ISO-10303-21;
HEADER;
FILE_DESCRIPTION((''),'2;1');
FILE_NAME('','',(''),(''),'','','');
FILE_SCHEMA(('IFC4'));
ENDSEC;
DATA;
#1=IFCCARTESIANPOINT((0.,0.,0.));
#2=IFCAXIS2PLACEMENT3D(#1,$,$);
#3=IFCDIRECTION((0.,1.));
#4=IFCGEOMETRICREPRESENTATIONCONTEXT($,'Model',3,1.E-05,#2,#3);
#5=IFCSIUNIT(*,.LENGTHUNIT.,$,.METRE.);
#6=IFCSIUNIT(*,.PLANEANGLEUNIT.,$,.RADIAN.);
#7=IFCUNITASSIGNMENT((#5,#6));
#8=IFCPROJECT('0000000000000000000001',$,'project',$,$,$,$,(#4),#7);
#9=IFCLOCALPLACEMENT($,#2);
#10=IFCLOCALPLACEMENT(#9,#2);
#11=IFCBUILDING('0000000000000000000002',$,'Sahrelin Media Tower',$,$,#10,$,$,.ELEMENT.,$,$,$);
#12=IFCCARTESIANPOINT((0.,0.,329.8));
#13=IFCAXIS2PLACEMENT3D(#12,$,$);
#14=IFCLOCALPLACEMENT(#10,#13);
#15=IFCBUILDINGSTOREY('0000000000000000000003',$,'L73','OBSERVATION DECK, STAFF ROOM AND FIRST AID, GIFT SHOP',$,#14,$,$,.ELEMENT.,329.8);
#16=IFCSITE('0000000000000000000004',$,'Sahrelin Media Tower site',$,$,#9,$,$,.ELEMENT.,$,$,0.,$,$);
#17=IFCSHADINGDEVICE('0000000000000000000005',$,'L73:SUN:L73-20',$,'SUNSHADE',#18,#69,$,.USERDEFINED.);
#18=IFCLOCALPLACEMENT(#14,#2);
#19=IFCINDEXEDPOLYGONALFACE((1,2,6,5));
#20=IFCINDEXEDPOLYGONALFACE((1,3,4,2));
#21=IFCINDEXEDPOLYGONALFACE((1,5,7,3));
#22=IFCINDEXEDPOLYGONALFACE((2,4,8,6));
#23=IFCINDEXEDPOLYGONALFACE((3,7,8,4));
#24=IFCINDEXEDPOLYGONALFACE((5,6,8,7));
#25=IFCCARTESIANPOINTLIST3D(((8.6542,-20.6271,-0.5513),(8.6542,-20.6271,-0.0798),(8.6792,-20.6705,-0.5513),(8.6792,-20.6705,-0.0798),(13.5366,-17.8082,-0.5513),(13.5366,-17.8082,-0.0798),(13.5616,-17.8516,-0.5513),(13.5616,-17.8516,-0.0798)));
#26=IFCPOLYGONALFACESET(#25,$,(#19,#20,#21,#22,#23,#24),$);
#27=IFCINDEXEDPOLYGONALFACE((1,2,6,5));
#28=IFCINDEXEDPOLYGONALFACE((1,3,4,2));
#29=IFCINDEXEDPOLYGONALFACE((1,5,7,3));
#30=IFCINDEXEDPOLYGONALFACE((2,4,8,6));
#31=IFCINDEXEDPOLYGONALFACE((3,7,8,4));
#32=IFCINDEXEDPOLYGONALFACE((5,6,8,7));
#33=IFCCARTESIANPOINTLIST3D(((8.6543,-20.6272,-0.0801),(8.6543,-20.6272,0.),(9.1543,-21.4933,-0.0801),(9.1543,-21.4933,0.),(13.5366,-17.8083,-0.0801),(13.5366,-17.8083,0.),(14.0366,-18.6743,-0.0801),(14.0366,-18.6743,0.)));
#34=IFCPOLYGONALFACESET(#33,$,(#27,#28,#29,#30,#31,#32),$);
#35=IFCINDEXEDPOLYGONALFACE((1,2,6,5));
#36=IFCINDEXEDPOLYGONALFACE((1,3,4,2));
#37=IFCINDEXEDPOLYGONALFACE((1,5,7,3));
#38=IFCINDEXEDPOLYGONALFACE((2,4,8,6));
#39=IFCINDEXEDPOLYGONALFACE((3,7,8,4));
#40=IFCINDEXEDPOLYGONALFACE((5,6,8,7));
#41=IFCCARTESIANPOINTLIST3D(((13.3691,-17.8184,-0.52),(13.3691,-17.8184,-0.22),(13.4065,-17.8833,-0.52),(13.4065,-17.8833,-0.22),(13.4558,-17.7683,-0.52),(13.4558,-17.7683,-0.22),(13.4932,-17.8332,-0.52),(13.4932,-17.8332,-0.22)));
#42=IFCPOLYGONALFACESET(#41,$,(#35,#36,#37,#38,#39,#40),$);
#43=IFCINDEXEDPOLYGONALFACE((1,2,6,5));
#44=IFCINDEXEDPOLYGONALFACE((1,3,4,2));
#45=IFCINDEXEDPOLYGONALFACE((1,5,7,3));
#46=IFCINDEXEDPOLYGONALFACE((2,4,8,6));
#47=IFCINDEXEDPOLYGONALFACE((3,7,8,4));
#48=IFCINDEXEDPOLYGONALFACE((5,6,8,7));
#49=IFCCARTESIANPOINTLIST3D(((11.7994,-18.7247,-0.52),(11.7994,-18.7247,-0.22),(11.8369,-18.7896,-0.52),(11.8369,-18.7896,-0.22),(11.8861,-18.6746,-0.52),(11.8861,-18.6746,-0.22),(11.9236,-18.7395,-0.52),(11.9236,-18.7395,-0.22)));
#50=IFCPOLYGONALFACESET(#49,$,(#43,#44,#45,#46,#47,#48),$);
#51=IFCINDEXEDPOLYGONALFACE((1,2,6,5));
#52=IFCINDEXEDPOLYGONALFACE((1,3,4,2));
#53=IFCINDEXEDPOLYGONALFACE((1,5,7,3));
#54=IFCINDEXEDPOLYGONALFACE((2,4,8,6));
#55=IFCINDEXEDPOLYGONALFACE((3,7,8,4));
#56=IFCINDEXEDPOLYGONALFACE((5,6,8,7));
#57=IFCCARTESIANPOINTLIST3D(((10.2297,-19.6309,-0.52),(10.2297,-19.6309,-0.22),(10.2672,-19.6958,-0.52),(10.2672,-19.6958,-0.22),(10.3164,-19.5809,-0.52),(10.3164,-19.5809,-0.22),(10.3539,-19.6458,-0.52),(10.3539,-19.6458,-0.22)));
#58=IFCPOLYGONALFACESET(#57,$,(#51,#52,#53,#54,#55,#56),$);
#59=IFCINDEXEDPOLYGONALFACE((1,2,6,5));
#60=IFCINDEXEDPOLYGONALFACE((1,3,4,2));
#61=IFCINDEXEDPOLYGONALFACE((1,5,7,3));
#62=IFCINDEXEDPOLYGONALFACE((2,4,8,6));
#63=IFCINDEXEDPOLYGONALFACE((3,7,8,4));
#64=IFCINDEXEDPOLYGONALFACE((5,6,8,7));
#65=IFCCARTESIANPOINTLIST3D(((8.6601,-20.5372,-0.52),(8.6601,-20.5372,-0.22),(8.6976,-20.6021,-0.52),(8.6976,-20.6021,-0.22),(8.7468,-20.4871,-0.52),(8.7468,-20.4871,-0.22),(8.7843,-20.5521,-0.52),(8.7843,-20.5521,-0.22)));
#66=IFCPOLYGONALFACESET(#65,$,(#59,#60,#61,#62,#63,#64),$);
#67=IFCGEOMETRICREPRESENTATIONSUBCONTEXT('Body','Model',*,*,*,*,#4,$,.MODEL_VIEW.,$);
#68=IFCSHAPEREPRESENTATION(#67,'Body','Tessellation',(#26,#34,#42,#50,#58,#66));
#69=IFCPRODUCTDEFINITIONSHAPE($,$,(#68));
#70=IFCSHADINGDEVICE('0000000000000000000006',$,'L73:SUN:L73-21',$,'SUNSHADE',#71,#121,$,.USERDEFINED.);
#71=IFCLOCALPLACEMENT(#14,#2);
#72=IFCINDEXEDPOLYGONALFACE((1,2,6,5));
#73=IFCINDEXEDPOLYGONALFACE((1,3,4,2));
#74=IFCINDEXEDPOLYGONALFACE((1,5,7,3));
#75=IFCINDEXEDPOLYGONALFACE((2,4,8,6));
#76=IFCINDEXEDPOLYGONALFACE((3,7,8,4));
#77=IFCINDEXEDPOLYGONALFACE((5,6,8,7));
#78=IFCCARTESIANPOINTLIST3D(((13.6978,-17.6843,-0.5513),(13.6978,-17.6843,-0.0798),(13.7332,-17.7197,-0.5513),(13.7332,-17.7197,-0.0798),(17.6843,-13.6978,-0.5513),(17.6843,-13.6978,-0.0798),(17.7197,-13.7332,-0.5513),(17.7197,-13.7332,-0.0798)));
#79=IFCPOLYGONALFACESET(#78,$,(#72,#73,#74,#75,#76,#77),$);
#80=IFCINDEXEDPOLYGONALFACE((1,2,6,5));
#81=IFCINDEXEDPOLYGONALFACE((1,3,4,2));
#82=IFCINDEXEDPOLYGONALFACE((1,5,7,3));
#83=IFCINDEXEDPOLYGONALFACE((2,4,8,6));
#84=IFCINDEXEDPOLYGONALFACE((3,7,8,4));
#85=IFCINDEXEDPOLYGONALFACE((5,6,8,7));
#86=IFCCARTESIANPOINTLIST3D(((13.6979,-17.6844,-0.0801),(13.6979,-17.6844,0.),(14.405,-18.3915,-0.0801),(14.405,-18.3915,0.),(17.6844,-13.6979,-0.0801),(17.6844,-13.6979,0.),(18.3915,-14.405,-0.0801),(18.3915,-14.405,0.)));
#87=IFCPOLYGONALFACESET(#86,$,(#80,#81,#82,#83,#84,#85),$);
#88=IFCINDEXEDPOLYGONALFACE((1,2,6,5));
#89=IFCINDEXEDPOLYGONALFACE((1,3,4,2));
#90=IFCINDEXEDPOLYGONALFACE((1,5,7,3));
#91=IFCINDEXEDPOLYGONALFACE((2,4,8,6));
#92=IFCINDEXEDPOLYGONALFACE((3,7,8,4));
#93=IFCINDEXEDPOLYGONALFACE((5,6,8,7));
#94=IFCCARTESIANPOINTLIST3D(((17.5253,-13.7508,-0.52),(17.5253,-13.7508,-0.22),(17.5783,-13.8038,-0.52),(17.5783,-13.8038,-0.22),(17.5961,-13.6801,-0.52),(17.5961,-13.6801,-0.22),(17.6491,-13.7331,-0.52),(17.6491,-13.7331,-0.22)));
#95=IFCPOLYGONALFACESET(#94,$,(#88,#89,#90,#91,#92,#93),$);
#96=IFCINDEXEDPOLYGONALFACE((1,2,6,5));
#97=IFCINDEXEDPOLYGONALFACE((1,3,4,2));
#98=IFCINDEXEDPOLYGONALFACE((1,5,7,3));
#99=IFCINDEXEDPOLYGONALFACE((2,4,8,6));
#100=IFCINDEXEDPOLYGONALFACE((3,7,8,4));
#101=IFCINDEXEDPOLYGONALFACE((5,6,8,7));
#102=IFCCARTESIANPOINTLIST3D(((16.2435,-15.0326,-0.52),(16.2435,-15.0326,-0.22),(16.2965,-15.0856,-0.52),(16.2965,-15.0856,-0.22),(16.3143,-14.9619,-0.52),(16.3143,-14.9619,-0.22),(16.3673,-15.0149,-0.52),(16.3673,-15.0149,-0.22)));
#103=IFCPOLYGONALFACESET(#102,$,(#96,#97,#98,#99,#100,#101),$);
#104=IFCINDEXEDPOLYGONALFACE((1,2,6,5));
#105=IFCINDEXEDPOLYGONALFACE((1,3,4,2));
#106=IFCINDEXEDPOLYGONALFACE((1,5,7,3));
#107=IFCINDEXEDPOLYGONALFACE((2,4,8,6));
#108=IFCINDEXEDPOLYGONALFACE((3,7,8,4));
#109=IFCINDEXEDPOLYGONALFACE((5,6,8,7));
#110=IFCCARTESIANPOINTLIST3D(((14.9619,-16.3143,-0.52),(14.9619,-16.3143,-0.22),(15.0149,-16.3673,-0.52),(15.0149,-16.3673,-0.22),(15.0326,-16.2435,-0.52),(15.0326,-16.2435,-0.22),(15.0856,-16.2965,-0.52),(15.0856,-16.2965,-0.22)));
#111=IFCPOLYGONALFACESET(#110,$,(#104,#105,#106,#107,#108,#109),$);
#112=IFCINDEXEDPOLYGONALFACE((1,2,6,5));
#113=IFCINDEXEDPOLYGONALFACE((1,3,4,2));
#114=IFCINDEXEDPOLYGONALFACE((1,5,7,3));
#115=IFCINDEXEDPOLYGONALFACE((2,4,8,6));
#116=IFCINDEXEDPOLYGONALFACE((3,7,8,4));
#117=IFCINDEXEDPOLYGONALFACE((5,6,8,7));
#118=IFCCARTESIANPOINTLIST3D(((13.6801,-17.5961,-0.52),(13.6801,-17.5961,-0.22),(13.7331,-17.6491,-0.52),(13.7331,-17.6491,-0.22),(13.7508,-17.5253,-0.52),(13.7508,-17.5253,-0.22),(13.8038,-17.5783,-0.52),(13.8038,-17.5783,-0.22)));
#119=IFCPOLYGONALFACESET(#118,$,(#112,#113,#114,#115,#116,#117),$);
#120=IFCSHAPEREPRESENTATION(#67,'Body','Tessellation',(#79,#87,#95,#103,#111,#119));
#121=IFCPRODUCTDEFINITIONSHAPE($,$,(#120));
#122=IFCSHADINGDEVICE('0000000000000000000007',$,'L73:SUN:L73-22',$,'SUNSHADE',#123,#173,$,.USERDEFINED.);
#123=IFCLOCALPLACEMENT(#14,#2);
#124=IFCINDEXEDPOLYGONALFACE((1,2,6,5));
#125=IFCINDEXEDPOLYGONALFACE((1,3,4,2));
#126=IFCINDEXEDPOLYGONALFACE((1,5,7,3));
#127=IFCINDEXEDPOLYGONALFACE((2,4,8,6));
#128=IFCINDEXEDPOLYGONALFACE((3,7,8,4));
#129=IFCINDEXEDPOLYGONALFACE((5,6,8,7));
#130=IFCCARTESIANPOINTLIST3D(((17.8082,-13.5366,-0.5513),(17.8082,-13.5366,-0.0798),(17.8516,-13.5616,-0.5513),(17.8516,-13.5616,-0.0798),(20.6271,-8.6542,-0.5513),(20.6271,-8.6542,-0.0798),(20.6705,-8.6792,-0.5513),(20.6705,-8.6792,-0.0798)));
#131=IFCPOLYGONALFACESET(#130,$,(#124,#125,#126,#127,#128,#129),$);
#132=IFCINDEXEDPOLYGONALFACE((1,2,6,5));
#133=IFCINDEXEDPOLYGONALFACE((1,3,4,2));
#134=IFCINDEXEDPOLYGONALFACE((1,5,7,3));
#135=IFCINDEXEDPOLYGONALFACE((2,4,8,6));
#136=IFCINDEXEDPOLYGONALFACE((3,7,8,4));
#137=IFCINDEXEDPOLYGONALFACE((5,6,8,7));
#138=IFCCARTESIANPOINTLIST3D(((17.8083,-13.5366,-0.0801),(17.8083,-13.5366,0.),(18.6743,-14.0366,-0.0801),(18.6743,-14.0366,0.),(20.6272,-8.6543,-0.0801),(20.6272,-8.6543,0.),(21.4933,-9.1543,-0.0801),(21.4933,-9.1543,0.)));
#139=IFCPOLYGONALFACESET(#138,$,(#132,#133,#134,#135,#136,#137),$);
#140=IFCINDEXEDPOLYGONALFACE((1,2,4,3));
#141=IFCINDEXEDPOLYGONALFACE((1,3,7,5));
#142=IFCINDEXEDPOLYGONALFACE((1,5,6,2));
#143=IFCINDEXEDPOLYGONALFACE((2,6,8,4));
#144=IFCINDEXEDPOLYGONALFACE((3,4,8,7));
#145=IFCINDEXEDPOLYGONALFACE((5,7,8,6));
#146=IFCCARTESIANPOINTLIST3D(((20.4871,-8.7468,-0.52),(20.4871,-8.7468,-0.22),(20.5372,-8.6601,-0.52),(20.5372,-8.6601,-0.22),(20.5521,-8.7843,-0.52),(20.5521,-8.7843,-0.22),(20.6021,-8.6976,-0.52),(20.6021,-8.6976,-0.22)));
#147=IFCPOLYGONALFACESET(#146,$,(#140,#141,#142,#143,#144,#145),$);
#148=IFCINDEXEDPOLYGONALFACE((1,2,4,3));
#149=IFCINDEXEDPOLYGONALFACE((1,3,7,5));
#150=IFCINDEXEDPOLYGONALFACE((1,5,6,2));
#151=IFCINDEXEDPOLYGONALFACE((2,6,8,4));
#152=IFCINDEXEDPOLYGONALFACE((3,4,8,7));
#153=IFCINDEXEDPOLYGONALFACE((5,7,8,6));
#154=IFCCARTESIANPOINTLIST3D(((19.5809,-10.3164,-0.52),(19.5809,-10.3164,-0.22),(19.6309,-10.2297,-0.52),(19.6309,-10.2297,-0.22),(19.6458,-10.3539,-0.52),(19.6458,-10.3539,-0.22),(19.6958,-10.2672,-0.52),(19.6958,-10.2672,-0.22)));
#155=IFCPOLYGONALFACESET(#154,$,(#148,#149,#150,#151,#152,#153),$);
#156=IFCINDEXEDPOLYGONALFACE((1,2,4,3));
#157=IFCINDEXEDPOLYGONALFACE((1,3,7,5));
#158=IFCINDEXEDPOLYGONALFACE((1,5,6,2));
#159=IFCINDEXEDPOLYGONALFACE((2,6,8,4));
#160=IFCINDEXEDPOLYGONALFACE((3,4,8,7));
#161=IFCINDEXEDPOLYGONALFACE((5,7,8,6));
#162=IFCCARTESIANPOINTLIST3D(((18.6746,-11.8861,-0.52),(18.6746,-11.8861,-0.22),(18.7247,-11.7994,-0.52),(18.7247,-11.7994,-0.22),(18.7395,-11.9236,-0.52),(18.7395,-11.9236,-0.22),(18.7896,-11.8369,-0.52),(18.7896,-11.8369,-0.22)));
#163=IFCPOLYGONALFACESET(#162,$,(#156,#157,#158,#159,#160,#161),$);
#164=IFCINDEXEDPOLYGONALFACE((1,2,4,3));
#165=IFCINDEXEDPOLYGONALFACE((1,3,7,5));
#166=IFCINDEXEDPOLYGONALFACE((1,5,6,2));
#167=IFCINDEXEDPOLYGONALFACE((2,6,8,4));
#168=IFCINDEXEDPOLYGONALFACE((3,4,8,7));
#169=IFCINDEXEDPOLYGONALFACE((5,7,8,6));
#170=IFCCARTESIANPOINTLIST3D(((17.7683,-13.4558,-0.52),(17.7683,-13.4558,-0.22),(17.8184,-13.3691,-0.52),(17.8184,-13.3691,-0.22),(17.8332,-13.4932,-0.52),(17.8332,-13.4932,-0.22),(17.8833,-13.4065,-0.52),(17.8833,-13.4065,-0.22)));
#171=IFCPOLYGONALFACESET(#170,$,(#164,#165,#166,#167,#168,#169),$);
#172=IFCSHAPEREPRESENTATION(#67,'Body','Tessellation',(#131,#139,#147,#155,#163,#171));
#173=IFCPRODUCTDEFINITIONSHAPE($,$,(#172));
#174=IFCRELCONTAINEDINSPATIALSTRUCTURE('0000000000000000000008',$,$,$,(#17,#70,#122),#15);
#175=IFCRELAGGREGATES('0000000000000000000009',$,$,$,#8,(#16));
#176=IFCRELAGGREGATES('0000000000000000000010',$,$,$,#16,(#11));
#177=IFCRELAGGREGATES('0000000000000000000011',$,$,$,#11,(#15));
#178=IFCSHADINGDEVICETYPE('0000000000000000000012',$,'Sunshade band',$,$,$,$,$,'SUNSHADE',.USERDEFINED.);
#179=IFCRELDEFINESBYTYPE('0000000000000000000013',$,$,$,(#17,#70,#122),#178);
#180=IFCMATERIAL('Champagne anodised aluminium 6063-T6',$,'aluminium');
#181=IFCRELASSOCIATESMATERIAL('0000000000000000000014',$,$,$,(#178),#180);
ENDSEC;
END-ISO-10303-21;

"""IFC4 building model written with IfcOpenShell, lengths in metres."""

from ifc_helpers import new_model, si_unit, direction, frame, origin, origin_2d, place, context, subcontext, project, spatial, rectangle, extrude, material, type_object, element, save


model = new_model("IFC4")

# Units and contexts
model_context = context("Model", 3, precision=1e-05, world=origin(), true_north=direction((0.0, 1.0)))
body_context = subcontext(model_context, "Body", "Model", "MODEL_VIEW")
ifc_project = project(units=[si_unit("LENGTHUNIT", "METRE"), si_unit("PLANEANGLEUNIT", "RADIAN")], contexts=[model_context])

# Site, building, storey
site_placement = place(None, origin())
site = spatial("IfcSite", under=ifc_project, at=site_placement, Name="Sahrelin Media Tower site", CompositionType="ELEMENT", RefElevation=0.0)
building_placement = place(site_placement, origin())
building = spatial("IfcBuilding", under=site, at=building_placement, Name="Sahrelin Media Tower", CompositionType="ELEMENT")
storey_placement = place(building_placement, frame((0.0, 0.0, 329.8)))
storey = spatial("IfcBuildingStorey", under=building, at=storey_placement, Name="L73", Description="OBSERVATION DECK, STAFF ROOM AND FIRST AID, GIFT SHOP", CompositionType="ELEMENT", Elevation=329.8)

# Shared definitions
ifc_material_1 = material(Name="Champagne anodised aluminium 6063-T6", Category="aluminium")

# Shading devices
placement_1 = place(storey_placement, frame((11.0854, -19.2004, 0.0), z_axis=(0.0, 0.0, 1.0), x_axis=(-0.866019, -0.500011, 0.0)))
placement_2 = place(storey_placement, frame((15.677, -15.677, 0.0), z_axis=(0.0, 0.0, 1.0), x_axis=(-0.707107, -0.707107, 0.0)))
placement_3 = place(storey_placement, frame((19.2004, -11.0854, 0.0), z_axis=(0.0, 0.0, 1.0), x_axis=(-0.500011, -0.866019, 0.0)))
shading_device_type_1 = type_object("IfcShadingDeviceType", Name="Sunshade band", ElementType="SUNSHADE", PredefinedType="USERDEFINED", material=ifc_material_1)
element("IfcShadingDevice", 1, at=placement_1, inside=storey, type_object=shading_device_type_1, Name="L73:SUN:L73-20", ObjectType="SUNSHADE", PredefinedType="USERDEFINED", context=body_context, shape_type="SweptSolid", body=[
    extrude(rectangle(XDim=5.6377, YDim=0.05, at=origin_2d()), frame((0.0, 0.0449, -0.5513)), (0.0, 0.0, 1.0), 0.4714),
    extrude(rectangle(XDim=5.6377, YDim=1.0, at=origin_2d()), frame((0.0, 0.52, -0.0801)), (0.0, 0.0, 1.0), 0.0801),
    extrude(rectangle(XDim=0.1001, YDim=0.075, at=origin_2d()), frame((-2.7188, -0.0176, -0.52)), (0.0, 0.0, 1.0), 0.3),
    extrude(rectangle(XDim=0.1001, YDim=0.075, at=origin_2d()), frame((-0.9062, -0.0176, -0.52)), (0.0, 0.0, 1.0), 0.3),
    extrude(rectangle(XDim=0.1001, YDim=0.075, at=origin_2d()), frame((0.9062, -0.0176, -0.52)), (0.0, 0.0, 1.0), 0.3),
    extrude(rectangle(XDim=0.1001, YDim=0.075, at=origin_2d()), frame((2.7188, -0.0176, -0.52)), (0.0, 0.0, 1.0), 0.3),
])
element("IfcShadingDevice", 2, at=placement_2, inside=storey, type_object=shading_device_type_1, Name="L73:SUN:L73-21", ObjectType="SUNSHADE", PredefinedType="USERDEFINED", context=body_context, shape_type="SweptSolid", body=[
    extrude(rectangle(XDim=5.6377, YDim=0.05, at=origin_2d()), frame((0.0, 0.0449, -0.5513)), (0.0, 0.0, 1.0), 0.4714),
    extrude(rectangle(XDim=5.6377, YDim=1.0, at=origin_2d()), frame((0.0, 0.52, -0.0801)), (0.0, 0.0, 1.0), 0.0801),
    extrude(rectangle(XDim=0.1001, YDim=0.075, at=origin_2d()), frame((-2.719, -0.0176, -0.52)), (0.0, 0.0, 1.0), 0.3),
    extrude(rectangle(XDim=0.1001, YDim=0.075, at=origin_2d()), frame((-0.9062, -0.0176, -0.52)), (0.0, 0.0, 1.0), 0.3),
    extrude(rectangle(XDim=0.1001, YDim=0.075, at=origin_2d()), frame((0.9062, -0.0176, -0.52)), (0.0, 0.0, 1.0), 0.3),
    extrude(rectangle(XDim=0.1001, YDim=0.075, at=origin_2d()), frame((2.719, -0.0176, -0.52)), (0.0, 0.0, 1.0), 0.3),
])
element("IfcShadingDevice", 3, at=placement_3, inside=storey, type_object=shading_device_type_1, Name="L73:SUN:L73-22", ObjectType="SUNSHADE", PredefinedType="USERDEFINED", context=body_context, shape_type="SweptSolid", body=[
    extrude(rectangle(XDim=5.6377, YDim=0.05, at=origin_2d()), frame((0.0, 0.0449, -0.5513)), (0.0, 0.0, 1.0), 0.4714),
    extrude(rectangle(XDim=5.6377, YDim=1.0, at=origin_2d()), frame((0.0, 0.52, -0.0801)), (0.0, 0.0, 1.0), 0.0801),
    extrude(rectangle(XDim=0.1001, YDim=0.075, at=origin_2d()), frame((-2.7188, -0.0176, -0.52)), (0.0, 0.0, 1.0), 0.3),
    extrude(rectangle(XDim=0.1001, YDim=0.075, at=origin_2d()), frame((-0.9062, -0.0176, -0.52)), (0.0, 0.0, 1.0), 0.3),
    extrude(rectangle(XDim=0.1001, YDim=0.075, at=origin_2d()), frame((0.9062, -0.0176, -0.52)), (0.0, 0.0, 1.0), 0.3),
    extrude(rectangle(XDim=0.1001, YDim=0.075, at=origin_2d()), frame((2.7188, -0.0176, -0.52)), (0.0, 0.0, 1.0), 0.3),
])

save(model, "model.ifc")
